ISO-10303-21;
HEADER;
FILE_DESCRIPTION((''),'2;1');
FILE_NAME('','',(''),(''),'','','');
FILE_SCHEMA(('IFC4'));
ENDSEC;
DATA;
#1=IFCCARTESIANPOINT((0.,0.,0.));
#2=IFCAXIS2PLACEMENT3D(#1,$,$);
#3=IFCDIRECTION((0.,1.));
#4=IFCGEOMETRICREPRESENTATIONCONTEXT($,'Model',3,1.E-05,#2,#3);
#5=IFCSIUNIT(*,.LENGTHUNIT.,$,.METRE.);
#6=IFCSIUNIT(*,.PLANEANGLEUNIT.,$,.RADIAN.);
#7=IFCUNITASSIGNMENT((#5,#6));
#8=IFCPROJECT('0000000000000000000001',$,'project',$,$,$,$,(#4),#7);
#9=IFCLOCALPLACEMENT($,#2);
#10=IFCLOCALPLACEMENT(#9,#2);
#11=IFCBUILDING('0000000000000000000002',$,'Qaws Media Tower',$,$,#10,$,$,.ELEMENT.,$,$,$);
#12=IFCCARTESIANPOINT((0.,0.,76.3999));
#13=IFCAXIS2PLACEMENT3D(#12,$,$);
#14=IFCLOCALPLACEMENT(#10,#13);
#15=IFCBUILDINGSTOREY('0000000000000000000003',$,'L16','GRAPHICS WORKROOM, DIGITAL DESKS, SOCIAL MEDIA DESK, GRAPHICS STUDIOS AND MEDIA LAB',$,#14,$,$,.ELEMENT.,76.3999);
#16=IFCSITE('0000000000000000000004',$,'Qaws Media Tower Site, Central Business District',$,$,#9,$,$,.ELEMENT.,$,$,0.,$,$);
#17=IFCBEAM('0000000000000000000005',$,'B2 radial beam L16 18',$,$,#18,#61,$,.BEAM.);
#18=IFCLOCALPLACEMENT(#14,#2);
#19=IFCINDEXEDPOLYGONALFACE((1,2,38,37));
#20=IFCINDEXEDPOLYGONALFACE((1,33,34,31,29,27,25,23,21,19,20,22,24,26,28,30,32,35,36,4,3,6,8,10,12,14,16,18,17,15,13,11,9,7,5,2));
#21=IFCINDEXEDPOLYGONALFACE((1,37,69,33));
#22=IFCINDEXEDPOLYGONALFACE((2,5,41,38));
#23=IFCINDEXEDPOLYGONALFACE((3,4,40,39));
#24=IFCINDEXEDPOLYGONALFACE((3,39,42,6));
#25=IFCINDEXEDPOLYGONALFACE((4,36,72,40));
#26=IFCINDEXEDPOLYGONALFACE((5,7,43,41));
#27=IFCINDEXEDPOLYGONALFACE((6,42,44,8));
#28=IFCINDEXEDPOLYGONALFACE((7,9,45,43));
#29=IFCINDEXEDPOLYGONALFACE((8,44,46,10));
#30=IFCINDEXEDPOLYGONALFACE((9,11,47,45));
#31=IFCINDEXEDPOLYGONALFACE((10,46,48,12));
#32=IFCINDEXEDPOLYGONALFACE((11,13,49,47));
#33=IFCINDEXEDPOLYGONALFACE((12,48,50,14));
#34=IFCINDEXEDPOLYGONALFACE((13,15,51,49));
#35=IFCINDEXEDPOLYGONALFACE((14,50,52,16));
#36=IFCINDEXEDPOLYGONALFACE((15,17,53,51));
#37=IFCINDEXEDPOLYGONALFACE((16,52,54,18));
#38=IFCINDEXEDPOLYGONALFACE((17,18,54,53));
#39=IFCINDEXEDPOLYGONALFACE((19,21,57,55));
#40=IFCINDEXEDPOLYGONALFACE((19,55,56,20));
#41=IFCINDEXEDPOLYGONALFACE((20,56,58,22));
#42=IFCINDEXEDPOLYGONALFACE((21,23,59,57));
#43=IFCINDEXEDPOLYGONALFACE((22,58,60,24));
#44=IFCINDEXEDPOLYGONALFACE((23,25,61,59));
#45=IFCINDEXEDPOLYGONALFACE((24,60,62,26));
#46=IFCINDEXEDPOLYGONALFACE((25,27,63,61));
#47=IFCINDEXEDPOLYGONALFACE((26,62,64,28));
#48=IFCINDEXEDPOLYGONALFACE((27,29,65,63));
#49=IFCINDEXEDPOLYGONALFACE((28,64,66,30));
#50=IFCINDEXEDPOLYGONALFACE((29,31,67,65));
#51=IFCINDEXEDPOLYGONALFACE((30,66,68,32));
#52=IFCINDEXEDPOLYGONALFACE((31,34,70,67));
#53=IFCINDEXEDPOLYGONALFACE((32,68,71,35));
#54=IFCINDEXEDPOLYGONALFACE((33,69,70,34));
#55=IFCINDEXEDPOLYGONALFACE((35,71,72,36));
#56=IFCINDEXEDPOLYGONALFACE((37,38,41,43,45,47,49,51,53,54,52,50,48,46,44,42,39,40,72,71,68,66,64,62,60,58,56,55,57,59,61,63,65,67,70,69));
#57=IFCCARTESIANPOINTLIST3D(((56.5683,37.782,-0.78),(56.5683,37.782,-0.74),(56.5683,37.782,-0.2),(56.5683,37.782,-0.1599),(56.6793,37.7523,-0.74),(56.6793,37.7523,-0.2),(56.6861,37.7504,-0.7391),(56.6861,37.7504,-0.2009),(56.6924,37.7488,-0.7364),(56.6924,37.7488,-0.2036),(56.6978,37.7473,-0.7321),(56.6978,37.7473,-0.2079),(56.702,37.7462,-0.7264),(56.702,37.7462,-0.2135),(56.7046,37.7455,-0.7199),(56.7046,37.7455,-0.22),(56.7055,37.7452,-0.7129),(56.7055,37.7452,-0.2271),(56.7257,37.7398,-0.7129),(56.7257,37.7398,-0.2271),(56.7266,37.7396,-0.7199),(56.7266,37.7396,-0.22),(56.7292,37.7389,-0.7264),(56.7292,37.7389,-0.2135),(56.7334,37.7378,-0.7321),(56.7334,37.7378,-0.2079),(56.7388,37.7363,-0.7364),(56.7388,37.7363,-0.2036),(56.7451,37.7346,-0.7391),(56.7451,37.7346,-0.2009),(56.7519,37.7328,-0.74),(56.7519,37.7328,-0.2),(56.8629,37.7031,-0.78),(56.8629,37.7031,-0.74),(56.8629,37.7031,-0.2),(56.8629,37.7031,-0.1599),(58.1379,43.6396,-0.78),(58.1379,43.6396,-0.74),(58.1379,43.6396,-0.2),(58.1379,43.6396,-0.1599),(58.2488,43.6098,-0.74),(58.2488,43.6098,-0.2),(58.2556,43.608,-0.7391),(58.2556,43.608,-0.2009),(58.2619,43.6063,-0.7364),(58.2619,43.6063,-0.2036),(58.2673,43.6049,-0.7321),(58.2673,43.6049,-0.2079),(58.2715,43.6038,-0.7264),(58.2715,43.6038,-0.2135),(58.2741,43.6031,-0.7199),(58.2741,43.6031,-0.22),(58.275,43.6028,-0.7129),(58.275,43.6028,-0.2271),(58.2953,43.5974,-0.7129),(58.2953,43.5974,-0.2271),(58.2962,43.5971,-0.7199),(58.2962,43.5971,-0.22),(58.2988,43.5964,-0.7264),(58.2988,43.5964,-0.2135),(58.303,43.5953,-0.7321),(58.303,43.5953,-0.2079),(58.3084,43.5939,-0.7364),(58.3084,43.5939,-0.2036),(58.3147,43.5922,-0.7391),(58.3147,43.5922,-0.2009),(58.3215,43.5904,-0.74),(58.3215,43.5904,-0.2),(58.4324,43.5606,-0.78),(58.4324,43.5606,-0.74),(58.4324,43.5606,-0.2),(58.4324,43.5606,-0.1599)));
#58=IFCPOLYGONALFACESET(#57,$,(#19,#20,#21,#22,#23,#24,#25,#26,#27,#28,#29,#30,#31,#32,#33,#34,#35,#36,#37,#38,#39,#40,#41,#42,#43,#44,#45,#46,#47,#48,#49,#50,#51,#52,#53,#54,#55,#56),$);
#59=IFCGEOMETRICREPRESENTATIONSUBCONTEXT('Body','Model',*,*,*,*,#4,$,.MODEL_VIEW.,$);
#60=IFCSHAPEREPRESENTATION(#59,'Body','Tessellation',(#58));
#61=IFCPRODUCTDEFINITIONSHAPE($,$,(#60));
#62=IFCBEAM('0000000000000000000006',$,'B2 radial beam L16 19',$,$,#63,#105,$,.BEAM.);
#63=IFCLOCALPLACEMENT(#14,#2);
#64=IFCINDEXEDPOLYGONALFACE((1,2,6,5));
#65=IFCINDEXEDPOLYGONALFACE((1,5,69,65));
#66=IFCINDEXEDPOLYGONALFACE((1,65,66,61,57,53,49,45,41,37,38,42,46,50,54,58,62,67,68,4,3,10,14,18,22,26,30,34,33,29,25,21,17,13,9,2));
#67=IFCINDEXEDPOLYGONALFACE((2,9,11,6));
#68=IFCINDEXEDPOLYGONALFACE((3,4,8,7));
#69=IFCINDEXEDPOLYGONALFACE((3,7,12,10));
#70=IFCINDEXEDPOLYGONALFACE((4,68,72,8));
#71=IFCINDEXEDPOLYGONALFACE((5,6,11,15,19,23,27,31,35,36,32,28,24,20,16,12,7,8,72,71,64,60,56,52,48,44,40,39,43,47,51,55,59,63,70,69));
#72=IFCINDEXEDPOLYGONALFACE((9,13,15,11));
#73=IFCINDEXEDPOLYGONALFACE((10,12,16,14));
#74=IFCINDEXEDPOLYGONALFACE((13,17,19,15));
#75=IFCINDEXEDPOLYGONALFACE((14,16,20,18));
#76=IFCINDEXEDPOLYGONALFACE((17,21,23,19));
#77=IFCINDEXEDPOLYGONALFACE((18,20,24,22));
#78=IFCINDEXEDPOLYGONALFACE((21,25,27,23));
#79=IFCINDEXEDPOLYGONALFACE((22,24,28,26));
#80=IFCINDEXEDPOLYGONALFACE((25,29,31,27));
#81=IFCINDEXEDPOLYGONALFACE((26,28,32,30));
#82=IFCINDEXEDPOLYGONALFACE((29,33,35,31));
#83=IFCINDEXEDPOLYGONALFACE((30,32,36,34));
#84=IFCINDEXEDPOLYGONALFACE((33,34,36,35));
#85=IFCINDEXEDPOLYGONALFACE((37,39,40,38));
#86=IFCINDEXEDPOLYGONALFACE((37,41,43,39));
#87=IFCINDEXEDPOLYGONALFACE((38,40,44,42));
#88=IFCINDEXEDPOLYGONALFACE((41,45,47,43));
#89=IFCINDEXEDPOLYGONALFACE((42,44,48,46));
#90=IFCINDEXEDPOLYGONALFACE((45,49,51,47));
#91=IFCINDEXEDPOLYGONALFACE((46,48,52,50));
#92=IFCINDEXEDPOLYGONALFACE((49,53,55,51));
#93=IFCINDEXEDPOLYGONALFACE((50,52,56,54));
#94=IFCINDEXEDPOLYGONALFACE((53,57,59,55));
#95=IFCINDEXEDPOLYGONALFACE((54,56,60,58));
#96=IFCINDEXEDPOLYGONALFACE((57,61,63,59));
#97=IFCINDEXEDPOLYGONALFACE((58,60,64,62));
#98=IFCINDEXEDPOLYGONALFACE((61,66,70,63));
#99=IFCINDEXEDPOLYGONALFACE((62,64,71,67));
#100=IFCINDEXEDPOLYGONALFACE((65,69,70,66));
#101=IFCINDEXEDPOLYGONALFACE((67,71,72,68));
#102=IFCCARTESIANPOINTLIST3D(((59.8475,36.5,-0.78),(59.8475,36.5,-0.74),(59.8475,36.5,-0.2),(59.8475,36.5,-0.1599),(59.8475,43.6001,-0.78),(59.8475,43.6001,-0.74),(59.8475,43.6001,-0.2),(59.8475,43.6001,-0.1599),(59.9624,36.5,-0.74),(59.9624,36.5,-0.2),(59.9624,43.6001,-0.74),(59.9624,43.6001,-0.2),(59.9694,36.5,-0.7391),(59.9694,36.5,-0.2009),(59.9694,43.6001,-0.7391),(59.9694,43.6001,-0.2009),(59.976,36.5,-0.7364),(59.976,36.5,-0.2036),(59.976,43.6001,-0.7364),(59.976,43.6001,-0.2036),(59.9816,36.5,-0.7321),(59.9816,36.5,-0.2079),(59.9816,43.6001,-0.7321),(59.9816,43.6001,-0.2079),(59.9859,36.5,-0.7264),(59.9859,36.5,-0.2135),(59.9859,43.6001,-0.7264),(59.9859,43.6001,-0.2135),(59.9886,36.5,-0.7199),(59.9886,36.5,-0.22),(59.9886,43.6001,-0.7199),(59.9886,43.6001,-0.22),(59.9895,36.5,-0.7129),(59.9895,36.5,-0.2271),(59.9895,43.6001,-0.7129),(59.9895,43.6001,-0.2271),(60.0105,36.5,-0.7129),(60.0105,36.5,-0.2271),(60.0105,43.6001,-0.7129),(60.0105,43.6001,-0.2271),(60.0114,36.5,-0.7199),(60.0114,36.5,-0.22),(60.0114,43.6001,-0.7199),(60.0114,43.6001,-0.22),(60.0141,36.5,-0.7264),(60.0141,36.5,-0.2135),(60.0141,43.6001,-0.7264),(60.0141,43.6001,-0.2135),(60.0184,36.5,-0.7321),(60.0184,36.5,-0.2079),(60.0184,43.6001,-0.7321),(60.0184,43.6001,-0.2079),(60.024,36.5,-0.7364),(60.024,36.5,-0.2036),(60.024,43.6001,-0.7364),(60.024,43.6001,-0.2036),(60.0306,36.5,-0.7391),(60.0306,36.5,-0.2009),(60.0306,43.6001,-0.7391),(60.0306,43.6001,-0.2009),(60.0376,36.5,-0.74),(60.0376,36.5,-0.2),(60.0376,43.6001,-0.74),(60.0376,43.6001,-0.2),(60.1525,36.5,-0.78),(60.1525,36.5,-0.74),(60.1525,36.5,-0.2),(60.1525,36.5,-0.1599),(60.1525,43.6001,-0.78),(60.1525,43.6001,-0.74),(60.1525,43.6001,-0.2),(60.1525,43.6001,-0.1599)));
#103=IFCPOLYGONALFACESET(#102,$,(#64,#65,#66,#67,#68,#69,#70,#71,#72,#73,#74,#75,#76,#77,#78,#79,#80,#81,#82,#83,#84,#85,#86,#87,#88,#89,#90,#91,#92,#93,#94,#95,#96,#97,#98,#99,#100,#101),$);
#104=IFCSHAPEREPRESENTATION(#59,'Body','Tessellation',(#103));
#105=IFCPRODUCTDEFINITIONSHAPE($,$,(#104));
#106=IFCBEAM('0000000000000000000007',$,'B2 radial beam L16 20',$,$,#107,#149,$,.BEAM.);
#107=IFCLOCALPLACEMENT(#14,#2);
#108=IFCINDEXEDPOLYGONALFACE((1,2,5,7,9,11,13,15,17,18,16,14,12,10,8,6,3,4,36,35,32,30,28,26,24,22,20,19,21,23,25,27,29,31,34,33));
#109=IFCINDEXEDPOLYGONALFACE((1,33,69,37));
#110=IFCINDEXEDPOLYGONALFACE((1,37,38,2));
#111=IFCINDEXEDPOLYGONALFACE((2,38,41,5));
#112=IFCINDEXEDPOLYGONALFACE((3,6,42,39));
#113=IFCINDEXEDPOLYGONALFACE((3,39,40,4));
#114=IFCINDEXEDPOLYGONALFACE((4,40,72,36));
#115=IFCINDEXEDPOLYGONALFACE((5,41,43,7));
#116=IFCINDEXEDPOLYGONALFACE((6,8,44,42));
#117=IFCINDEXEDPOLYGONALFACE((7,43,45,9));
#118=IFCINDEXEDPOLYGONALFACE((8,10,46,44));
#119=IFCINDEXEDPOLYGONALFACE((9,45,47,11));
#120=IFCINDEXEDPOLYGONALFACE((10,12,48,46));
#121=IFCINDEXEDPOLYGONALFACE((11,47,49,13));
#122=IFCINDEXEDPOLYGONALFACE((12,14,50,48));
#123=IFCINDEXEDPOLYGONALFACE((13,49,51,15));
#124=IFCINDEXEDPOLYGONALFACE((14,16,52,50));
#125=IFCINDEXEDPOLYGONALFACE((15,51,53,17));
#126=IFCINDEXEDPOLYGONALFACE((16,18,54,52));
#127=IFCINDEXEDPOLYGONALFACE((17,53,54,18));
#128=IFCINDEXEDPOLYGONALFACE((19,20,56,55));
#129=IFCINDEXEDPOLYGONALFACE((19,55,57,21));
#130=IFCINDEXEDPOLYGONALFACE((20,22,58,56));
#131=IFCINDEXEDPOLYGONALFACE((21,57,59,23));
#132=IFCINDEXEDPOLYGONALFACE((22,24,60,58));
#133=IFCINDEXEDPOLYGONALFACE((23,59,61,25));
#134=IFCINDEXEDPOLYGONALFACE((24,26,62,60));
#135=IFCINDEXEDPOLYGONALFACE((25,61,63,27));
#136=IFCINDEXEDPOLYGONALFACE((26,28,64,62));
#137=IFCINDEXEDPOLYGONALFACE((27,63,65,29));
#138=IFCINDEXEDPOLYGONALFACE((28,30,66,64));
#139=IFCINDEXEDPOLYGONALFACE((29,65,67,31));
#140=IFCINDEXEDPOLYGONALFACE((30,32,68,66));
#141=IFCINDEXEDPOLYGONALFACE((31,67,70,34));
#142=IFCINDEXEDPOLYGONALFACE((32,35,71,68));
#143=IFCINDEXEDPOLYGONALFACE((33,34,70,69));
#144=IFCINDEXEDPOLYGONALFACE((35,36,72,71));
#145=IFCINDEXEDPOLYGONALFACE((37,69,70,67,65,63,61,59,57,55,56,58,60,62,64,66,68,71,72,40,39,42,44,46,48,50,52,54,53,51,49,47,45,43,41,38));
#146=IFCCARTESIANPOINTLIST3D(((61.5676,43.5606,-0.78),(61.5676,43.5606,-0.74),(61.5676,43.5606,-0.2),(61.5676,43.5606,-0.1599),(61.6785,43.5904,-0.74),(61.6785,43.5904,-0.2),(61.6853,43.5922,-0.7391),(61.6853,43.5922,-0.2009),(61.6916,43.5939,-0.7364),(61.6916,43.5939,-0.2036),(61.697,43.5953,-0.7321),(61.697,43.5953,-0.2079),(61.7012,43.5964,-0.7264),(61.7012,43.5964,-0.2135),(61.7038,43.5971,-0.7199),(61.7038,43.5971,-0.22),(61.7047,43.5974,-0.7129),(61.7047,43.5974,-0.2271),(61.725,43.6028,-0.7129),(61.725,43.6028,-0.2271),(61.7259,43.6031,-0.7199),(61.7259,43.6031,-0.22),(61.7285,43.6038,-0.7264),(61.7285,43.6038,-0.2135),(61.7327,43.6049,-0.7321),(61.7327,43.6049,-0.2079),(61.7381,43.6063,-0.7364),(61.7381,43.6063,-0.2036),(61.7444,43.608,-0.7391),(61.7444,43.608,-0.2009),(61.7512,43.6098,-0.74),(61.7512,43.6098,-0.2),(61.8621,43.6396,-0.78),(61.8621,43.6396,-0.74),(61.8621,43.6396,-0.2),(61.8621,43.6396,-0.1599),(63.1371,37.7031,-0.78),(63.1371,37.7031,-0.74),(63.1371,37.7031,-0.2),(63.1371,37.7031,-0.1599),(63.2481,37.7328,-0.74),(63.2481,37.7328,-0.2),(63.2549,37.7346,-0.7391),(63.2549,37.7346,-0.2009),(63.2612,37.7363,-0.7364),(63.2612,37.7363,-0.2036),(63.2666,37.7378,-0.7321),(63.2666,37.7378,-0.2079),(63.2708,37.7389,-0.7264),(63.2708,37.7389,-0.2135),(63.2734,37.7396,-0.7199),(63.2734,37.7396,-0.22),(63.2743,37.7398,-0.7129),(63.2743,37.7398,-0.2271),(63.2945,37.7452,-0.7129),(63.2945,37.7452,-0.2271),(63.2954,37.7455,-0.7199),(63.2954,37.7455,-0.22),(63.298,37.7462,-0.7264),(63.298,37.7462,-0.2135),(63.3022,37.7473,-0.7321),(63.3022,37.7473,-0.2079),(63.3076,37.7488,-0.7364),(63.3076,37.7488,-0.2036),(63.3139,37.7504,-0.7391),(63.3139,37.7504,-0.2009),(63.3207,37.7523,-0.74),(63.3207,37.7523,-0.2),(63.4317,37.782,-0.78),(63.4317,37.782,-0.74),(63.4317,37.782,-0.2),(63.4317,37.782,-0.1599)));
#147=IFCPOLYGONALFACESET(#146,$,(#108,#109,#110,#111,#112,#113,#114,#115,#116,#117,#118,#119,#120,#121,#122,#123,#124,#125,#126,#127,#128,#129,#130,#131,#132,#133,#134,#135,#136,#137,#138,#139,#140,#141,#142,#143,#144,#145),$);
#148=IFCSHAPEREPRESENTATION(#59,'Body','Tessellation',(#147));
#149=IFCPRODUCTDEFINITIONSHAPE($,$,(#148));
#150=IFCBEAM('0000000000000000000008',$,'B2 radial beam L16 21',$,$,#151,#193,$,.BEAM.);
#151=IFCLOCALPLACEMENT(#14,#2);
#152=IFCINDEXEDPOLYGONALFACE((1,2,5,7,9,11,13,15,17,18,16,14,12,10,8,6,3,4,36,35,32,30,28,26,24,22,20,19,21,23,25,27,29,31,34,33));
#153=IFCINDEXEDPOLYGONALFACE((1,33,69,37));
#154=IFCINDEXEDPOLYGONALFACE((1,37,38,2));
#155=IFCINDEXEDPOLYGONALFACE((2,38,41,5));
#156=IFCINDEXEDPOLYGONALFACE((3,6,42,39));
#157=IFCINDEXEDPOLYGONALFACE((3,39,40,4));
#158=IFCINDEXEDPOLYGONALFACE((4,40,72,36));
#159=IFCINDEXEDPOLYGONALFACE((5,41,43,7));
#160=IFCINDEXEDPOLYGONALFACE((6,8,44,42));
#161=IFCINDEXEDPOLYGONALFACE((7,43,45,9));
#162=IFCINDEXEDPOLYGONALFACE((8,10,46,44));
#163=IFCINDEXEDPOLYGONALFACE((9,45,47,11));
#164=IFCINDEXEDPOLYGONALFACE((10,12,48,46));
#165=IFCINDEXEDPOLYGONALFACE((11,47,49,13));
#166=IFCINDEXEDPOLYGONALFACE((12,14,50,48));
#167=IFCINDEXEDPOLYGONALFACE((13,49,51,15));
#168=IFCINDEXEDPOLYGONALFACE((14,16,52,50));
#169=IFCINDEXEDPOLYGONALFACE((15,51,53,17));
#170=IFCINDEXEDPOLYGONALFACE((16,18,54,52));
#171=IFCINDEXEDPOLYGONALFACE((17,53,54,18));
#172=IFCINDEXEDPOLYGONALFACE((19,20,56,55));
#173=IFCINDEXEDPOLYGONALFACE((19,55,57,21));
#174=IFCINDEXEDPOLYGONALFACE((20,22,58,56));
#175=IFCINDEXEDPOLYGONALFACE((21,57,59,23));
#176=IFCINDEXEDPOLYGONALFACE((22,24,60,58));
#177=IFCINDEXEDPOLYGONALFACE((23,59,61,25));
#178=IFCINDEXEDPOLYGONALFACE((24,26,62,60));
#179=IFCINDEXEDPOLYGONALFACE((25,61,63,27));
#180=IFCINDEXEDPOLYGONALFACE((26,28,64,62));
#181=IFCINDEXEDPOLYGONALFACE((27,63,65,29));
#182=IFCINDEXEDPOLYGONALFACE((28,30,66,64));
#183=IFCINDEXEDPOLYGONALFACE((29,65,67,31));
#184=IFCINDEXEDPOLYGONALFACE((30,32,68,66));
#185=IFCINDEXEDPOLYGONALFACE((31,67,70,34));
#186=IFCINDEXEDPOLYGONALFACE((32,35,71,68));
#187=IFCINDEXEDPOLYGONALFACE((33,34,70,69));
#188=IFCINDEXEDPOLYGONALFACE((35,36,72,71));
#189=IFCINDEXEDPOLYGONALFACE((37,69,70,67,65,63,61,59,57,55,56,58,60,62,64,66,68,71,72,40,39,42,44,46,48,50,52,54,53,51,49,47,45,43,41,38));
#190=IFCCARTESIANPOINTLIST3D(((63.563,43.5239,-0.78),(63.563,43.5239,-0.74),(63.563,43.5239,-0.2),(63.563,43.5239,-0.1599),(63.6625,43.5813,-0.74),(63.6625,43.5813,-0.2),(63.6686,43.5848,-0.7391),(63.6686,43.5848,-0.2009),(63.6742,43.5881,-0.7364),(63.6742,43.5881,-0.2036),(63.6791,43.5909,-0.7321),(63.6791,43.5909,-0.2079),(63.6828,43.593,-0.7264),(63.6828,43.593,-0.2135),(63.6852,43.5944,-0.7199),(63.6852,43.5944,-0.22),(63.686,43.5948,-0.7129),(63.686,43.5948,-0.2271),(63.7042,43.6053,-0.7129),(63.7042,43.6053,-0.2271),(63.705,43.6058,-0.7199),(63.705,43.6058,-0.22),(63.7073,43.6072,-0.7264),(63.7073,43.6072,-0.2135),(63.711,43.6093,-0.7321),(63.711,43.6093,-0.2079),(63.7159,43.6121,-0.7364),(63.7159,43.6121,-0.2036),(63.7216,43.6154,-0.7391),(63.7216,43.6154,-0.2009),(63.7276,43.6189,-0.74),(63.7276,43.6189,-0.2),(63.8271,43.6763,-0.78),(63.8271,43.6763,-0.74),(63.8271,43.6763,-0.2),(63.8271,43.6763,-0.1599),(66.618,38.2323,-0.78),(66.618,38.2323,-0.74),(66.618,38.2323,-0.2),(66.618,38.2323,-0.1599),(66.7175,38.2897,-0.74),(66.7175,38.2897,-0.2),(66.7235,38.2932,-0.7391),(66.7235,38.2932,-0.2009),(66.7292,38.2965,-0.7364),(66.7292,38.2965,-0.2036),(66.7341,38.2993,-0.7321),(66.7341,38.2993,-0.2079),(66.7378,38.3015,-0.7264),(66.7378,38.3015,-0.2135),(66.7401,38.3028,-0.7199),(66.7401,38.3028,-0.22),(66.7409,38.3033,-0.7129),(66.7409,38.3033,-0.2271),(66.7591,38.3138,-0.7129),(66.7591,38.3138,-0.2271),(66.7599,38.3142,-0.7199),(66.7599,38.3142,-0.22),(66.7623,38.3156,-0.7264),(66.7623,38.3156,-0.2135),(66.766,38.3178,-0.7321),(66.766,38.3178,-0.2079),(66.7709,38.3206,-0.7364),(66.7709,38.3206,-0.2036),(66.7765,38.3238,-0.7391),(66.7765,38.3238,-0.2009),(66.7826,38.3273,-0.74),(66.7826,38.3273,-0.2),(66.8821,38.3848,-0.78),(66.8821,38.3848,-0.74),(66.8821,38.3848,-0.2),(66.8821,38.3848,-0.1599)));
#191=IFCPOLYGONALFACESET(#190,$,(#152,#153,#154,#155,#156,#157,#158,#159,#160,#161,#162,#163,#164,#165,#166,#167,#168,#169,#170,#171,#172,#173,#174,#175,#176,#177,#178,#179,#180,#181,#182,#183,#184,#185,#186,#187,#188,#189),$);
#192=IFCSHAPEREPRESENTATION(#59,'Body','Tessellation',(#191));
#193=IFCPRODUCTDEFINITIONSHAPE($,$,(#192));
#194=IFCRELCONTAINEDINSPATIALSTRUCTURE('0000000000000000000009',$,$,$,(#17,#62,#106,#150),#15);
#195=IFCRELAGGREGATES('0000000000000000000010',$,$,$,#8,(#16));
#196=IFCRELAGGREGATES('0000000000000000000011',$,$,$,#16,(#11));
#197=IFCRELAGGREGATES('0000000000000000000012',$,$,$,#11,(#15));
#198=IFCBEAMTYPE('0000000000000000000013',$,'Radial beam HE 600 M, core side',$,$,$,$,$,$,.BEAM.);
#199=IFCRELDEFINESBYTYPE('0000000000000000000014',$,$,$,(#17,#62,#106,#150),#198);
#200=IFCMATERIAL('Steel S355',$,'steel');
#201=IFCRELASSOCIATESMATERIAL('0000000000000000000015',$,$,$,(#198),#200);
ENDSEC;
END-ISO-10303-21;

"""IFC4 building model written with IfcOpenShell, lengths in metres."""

from ifc_helpers import new_model, si_unit, direction, frame, origin, origin_2d, place, context, subcontext, project, spatial, i_section, extrude, material, material_profile, profile_set, type_object, element, save


model = new_model("IFC4")

# Units and contexts
model_context = context("Model", 3, precision=1e-05, world=origin(), true_north=direction((0.0, 1.0)))
body_context = subcontext(model_context, "Body", "Model", "MODEL_VIEW")
ifc_project = project(units=[si_unit("LENGTHUNIT", "METRE"), si_unit("PLANEANGLEUNIT", "RADIAN")], contexts=[model_context])

# Site, building, storey
site_placement = place(None, origin())
site = spatial("IfcSite", under=ifc_project, at=site_placement, Name="Qaws Media Tower Site, Central Business District", CompositionType="ELEMENT", RefElevation=0.0)
building_placement = place(site_placement, origin())
building = spatial("IfcBuilding", under=site, at=building_placement, Name="Qaws Media Tower", CompositionType="ELEMENT")
storey_placement = place(building_placement, frame((0.0, 0.0, 76.3999)))
storey = spatial("IfcBuildingStorey", under=building, at=storey_placement, Name="L16", Description="GRAPHICS WORKROOM, DIGITAL DESKS, SOCIAL MEDIA DESK, GRAPHICS STUDIOS AND MEDIA LAB", CompositionType="ELEMENT", Elevation=76.3999)

# Beams
ifc_material_1 = material(Name="Steel S355", Category="steel")
ifc_material_profile_1 = material_profile(ifc_material_1, i_section(OverallWidth=0.3049, OverallDepth=0.6201, WebThickness=0.021, FlangeThickness=0.04, FilletRadius=0.0271, at=origin_2d()), Name="HE 600 M")
ifc_profile_set_1 = profile_set([ifc_material_profile_1], Name="Steel S355")
beam_type_1 = type_object("IfcBeamType", Name="Radial beam HE 600 M, core side", PredefinedType="BEAM", material=ifc_profile_set_1)
beam_1_placement = place(storey_placement, frame((58.2852, 43.6001, -0.47), z_axis=(-0.258823, -0.965925, 0.0), x_axis=(0.965925, -0.258823, 0.0)))
element("IfcBeam", 1, at=beam_1_placement, inside=storey, type_object=beam_type_1, Name="B2 radial beam L16 18", PredefinedType="BEAM", context=body_context, shape_type="SweptSolid", body=[
    extrude(i_section(OverallWidth=0.3049, OverallDepth=0.6201, WebThickness=0.021, FlangeThickness=0.04, FilletRadius=0.0271, at=origin_2d()), origin(), (0.0, 0.0, 1.0), 6.0642),
])
beam_2_placement = place(storey_placement, frame((60.0, 43.6001, -0.47), z_axis=(0.0, -1.0, 0.0), x_axis=(1.0, 0.0, 0.0)))
element("IfcBeam", 2, at=beam_2_placement, inside=storey, type_object=beam_type_1, Name="B2 radial beam L16 19", PredefinedType="BEAM", context=body_context, shape_type="SweptSolid", body=[
    extrude(i_section(OverallWidth=0.3049, OverallDepth=0.6201, WebThickness=0.021, FlangeThickness=0.04, FilletRadius=0.0271, at=origin_2d()), origin(), (0.0, 0.0, 1.0), 7.1001),
])
beam_3_placement = place(storey_placement, frame((61.7148, 43.6001, -0.47), z_axis=(0.258823, -0.965925, 0.0), x_axis=(0.965925, 0.258823, 0.0)))
element("IfcBeam", 3, at=beam_3_placement, inside=storey, type_object=beam_type_1, Name="B2 radial beam L16 20", PredefinedType="BEAM", context=body_context, shape_type="SweptSolid", body=[
    extrude(i_section(OverallWidth=0.3049, OverallDepth=0.6201, WebThickness=0.021, FlangeThickness=0.04, FilletRadius=0.0271, at=origin_2d()), origin(), (0.0, 0.0, 1.0), 6.0642),
])
beam_4_placement = place(storey_placement, frame((63.6951, 43.6001, -0.47), z_axis=(0.499985, -0.866034, 0.0), x_axis=(0.866034, 0.499985, 0.0)))
element("IfcBeam", 4, at=beam_4_placement, inside=storey, type_object=beam_type_1, Name="B2 radial beam L16 21", PredefinedType="BEAM", context=body_context, shape_type="SweptSolid", body=[
    extrude(i_section(OverallWidth=0.3049, OverallDepth=0.6201, WebThickness=0.021, FlangeThickness=0.04, FilletRadius=0.0271, at=origin_2d()), origin(), (0.0, 0.0, 1.0), 6.1101),
])

save(model, "model.ifc")
